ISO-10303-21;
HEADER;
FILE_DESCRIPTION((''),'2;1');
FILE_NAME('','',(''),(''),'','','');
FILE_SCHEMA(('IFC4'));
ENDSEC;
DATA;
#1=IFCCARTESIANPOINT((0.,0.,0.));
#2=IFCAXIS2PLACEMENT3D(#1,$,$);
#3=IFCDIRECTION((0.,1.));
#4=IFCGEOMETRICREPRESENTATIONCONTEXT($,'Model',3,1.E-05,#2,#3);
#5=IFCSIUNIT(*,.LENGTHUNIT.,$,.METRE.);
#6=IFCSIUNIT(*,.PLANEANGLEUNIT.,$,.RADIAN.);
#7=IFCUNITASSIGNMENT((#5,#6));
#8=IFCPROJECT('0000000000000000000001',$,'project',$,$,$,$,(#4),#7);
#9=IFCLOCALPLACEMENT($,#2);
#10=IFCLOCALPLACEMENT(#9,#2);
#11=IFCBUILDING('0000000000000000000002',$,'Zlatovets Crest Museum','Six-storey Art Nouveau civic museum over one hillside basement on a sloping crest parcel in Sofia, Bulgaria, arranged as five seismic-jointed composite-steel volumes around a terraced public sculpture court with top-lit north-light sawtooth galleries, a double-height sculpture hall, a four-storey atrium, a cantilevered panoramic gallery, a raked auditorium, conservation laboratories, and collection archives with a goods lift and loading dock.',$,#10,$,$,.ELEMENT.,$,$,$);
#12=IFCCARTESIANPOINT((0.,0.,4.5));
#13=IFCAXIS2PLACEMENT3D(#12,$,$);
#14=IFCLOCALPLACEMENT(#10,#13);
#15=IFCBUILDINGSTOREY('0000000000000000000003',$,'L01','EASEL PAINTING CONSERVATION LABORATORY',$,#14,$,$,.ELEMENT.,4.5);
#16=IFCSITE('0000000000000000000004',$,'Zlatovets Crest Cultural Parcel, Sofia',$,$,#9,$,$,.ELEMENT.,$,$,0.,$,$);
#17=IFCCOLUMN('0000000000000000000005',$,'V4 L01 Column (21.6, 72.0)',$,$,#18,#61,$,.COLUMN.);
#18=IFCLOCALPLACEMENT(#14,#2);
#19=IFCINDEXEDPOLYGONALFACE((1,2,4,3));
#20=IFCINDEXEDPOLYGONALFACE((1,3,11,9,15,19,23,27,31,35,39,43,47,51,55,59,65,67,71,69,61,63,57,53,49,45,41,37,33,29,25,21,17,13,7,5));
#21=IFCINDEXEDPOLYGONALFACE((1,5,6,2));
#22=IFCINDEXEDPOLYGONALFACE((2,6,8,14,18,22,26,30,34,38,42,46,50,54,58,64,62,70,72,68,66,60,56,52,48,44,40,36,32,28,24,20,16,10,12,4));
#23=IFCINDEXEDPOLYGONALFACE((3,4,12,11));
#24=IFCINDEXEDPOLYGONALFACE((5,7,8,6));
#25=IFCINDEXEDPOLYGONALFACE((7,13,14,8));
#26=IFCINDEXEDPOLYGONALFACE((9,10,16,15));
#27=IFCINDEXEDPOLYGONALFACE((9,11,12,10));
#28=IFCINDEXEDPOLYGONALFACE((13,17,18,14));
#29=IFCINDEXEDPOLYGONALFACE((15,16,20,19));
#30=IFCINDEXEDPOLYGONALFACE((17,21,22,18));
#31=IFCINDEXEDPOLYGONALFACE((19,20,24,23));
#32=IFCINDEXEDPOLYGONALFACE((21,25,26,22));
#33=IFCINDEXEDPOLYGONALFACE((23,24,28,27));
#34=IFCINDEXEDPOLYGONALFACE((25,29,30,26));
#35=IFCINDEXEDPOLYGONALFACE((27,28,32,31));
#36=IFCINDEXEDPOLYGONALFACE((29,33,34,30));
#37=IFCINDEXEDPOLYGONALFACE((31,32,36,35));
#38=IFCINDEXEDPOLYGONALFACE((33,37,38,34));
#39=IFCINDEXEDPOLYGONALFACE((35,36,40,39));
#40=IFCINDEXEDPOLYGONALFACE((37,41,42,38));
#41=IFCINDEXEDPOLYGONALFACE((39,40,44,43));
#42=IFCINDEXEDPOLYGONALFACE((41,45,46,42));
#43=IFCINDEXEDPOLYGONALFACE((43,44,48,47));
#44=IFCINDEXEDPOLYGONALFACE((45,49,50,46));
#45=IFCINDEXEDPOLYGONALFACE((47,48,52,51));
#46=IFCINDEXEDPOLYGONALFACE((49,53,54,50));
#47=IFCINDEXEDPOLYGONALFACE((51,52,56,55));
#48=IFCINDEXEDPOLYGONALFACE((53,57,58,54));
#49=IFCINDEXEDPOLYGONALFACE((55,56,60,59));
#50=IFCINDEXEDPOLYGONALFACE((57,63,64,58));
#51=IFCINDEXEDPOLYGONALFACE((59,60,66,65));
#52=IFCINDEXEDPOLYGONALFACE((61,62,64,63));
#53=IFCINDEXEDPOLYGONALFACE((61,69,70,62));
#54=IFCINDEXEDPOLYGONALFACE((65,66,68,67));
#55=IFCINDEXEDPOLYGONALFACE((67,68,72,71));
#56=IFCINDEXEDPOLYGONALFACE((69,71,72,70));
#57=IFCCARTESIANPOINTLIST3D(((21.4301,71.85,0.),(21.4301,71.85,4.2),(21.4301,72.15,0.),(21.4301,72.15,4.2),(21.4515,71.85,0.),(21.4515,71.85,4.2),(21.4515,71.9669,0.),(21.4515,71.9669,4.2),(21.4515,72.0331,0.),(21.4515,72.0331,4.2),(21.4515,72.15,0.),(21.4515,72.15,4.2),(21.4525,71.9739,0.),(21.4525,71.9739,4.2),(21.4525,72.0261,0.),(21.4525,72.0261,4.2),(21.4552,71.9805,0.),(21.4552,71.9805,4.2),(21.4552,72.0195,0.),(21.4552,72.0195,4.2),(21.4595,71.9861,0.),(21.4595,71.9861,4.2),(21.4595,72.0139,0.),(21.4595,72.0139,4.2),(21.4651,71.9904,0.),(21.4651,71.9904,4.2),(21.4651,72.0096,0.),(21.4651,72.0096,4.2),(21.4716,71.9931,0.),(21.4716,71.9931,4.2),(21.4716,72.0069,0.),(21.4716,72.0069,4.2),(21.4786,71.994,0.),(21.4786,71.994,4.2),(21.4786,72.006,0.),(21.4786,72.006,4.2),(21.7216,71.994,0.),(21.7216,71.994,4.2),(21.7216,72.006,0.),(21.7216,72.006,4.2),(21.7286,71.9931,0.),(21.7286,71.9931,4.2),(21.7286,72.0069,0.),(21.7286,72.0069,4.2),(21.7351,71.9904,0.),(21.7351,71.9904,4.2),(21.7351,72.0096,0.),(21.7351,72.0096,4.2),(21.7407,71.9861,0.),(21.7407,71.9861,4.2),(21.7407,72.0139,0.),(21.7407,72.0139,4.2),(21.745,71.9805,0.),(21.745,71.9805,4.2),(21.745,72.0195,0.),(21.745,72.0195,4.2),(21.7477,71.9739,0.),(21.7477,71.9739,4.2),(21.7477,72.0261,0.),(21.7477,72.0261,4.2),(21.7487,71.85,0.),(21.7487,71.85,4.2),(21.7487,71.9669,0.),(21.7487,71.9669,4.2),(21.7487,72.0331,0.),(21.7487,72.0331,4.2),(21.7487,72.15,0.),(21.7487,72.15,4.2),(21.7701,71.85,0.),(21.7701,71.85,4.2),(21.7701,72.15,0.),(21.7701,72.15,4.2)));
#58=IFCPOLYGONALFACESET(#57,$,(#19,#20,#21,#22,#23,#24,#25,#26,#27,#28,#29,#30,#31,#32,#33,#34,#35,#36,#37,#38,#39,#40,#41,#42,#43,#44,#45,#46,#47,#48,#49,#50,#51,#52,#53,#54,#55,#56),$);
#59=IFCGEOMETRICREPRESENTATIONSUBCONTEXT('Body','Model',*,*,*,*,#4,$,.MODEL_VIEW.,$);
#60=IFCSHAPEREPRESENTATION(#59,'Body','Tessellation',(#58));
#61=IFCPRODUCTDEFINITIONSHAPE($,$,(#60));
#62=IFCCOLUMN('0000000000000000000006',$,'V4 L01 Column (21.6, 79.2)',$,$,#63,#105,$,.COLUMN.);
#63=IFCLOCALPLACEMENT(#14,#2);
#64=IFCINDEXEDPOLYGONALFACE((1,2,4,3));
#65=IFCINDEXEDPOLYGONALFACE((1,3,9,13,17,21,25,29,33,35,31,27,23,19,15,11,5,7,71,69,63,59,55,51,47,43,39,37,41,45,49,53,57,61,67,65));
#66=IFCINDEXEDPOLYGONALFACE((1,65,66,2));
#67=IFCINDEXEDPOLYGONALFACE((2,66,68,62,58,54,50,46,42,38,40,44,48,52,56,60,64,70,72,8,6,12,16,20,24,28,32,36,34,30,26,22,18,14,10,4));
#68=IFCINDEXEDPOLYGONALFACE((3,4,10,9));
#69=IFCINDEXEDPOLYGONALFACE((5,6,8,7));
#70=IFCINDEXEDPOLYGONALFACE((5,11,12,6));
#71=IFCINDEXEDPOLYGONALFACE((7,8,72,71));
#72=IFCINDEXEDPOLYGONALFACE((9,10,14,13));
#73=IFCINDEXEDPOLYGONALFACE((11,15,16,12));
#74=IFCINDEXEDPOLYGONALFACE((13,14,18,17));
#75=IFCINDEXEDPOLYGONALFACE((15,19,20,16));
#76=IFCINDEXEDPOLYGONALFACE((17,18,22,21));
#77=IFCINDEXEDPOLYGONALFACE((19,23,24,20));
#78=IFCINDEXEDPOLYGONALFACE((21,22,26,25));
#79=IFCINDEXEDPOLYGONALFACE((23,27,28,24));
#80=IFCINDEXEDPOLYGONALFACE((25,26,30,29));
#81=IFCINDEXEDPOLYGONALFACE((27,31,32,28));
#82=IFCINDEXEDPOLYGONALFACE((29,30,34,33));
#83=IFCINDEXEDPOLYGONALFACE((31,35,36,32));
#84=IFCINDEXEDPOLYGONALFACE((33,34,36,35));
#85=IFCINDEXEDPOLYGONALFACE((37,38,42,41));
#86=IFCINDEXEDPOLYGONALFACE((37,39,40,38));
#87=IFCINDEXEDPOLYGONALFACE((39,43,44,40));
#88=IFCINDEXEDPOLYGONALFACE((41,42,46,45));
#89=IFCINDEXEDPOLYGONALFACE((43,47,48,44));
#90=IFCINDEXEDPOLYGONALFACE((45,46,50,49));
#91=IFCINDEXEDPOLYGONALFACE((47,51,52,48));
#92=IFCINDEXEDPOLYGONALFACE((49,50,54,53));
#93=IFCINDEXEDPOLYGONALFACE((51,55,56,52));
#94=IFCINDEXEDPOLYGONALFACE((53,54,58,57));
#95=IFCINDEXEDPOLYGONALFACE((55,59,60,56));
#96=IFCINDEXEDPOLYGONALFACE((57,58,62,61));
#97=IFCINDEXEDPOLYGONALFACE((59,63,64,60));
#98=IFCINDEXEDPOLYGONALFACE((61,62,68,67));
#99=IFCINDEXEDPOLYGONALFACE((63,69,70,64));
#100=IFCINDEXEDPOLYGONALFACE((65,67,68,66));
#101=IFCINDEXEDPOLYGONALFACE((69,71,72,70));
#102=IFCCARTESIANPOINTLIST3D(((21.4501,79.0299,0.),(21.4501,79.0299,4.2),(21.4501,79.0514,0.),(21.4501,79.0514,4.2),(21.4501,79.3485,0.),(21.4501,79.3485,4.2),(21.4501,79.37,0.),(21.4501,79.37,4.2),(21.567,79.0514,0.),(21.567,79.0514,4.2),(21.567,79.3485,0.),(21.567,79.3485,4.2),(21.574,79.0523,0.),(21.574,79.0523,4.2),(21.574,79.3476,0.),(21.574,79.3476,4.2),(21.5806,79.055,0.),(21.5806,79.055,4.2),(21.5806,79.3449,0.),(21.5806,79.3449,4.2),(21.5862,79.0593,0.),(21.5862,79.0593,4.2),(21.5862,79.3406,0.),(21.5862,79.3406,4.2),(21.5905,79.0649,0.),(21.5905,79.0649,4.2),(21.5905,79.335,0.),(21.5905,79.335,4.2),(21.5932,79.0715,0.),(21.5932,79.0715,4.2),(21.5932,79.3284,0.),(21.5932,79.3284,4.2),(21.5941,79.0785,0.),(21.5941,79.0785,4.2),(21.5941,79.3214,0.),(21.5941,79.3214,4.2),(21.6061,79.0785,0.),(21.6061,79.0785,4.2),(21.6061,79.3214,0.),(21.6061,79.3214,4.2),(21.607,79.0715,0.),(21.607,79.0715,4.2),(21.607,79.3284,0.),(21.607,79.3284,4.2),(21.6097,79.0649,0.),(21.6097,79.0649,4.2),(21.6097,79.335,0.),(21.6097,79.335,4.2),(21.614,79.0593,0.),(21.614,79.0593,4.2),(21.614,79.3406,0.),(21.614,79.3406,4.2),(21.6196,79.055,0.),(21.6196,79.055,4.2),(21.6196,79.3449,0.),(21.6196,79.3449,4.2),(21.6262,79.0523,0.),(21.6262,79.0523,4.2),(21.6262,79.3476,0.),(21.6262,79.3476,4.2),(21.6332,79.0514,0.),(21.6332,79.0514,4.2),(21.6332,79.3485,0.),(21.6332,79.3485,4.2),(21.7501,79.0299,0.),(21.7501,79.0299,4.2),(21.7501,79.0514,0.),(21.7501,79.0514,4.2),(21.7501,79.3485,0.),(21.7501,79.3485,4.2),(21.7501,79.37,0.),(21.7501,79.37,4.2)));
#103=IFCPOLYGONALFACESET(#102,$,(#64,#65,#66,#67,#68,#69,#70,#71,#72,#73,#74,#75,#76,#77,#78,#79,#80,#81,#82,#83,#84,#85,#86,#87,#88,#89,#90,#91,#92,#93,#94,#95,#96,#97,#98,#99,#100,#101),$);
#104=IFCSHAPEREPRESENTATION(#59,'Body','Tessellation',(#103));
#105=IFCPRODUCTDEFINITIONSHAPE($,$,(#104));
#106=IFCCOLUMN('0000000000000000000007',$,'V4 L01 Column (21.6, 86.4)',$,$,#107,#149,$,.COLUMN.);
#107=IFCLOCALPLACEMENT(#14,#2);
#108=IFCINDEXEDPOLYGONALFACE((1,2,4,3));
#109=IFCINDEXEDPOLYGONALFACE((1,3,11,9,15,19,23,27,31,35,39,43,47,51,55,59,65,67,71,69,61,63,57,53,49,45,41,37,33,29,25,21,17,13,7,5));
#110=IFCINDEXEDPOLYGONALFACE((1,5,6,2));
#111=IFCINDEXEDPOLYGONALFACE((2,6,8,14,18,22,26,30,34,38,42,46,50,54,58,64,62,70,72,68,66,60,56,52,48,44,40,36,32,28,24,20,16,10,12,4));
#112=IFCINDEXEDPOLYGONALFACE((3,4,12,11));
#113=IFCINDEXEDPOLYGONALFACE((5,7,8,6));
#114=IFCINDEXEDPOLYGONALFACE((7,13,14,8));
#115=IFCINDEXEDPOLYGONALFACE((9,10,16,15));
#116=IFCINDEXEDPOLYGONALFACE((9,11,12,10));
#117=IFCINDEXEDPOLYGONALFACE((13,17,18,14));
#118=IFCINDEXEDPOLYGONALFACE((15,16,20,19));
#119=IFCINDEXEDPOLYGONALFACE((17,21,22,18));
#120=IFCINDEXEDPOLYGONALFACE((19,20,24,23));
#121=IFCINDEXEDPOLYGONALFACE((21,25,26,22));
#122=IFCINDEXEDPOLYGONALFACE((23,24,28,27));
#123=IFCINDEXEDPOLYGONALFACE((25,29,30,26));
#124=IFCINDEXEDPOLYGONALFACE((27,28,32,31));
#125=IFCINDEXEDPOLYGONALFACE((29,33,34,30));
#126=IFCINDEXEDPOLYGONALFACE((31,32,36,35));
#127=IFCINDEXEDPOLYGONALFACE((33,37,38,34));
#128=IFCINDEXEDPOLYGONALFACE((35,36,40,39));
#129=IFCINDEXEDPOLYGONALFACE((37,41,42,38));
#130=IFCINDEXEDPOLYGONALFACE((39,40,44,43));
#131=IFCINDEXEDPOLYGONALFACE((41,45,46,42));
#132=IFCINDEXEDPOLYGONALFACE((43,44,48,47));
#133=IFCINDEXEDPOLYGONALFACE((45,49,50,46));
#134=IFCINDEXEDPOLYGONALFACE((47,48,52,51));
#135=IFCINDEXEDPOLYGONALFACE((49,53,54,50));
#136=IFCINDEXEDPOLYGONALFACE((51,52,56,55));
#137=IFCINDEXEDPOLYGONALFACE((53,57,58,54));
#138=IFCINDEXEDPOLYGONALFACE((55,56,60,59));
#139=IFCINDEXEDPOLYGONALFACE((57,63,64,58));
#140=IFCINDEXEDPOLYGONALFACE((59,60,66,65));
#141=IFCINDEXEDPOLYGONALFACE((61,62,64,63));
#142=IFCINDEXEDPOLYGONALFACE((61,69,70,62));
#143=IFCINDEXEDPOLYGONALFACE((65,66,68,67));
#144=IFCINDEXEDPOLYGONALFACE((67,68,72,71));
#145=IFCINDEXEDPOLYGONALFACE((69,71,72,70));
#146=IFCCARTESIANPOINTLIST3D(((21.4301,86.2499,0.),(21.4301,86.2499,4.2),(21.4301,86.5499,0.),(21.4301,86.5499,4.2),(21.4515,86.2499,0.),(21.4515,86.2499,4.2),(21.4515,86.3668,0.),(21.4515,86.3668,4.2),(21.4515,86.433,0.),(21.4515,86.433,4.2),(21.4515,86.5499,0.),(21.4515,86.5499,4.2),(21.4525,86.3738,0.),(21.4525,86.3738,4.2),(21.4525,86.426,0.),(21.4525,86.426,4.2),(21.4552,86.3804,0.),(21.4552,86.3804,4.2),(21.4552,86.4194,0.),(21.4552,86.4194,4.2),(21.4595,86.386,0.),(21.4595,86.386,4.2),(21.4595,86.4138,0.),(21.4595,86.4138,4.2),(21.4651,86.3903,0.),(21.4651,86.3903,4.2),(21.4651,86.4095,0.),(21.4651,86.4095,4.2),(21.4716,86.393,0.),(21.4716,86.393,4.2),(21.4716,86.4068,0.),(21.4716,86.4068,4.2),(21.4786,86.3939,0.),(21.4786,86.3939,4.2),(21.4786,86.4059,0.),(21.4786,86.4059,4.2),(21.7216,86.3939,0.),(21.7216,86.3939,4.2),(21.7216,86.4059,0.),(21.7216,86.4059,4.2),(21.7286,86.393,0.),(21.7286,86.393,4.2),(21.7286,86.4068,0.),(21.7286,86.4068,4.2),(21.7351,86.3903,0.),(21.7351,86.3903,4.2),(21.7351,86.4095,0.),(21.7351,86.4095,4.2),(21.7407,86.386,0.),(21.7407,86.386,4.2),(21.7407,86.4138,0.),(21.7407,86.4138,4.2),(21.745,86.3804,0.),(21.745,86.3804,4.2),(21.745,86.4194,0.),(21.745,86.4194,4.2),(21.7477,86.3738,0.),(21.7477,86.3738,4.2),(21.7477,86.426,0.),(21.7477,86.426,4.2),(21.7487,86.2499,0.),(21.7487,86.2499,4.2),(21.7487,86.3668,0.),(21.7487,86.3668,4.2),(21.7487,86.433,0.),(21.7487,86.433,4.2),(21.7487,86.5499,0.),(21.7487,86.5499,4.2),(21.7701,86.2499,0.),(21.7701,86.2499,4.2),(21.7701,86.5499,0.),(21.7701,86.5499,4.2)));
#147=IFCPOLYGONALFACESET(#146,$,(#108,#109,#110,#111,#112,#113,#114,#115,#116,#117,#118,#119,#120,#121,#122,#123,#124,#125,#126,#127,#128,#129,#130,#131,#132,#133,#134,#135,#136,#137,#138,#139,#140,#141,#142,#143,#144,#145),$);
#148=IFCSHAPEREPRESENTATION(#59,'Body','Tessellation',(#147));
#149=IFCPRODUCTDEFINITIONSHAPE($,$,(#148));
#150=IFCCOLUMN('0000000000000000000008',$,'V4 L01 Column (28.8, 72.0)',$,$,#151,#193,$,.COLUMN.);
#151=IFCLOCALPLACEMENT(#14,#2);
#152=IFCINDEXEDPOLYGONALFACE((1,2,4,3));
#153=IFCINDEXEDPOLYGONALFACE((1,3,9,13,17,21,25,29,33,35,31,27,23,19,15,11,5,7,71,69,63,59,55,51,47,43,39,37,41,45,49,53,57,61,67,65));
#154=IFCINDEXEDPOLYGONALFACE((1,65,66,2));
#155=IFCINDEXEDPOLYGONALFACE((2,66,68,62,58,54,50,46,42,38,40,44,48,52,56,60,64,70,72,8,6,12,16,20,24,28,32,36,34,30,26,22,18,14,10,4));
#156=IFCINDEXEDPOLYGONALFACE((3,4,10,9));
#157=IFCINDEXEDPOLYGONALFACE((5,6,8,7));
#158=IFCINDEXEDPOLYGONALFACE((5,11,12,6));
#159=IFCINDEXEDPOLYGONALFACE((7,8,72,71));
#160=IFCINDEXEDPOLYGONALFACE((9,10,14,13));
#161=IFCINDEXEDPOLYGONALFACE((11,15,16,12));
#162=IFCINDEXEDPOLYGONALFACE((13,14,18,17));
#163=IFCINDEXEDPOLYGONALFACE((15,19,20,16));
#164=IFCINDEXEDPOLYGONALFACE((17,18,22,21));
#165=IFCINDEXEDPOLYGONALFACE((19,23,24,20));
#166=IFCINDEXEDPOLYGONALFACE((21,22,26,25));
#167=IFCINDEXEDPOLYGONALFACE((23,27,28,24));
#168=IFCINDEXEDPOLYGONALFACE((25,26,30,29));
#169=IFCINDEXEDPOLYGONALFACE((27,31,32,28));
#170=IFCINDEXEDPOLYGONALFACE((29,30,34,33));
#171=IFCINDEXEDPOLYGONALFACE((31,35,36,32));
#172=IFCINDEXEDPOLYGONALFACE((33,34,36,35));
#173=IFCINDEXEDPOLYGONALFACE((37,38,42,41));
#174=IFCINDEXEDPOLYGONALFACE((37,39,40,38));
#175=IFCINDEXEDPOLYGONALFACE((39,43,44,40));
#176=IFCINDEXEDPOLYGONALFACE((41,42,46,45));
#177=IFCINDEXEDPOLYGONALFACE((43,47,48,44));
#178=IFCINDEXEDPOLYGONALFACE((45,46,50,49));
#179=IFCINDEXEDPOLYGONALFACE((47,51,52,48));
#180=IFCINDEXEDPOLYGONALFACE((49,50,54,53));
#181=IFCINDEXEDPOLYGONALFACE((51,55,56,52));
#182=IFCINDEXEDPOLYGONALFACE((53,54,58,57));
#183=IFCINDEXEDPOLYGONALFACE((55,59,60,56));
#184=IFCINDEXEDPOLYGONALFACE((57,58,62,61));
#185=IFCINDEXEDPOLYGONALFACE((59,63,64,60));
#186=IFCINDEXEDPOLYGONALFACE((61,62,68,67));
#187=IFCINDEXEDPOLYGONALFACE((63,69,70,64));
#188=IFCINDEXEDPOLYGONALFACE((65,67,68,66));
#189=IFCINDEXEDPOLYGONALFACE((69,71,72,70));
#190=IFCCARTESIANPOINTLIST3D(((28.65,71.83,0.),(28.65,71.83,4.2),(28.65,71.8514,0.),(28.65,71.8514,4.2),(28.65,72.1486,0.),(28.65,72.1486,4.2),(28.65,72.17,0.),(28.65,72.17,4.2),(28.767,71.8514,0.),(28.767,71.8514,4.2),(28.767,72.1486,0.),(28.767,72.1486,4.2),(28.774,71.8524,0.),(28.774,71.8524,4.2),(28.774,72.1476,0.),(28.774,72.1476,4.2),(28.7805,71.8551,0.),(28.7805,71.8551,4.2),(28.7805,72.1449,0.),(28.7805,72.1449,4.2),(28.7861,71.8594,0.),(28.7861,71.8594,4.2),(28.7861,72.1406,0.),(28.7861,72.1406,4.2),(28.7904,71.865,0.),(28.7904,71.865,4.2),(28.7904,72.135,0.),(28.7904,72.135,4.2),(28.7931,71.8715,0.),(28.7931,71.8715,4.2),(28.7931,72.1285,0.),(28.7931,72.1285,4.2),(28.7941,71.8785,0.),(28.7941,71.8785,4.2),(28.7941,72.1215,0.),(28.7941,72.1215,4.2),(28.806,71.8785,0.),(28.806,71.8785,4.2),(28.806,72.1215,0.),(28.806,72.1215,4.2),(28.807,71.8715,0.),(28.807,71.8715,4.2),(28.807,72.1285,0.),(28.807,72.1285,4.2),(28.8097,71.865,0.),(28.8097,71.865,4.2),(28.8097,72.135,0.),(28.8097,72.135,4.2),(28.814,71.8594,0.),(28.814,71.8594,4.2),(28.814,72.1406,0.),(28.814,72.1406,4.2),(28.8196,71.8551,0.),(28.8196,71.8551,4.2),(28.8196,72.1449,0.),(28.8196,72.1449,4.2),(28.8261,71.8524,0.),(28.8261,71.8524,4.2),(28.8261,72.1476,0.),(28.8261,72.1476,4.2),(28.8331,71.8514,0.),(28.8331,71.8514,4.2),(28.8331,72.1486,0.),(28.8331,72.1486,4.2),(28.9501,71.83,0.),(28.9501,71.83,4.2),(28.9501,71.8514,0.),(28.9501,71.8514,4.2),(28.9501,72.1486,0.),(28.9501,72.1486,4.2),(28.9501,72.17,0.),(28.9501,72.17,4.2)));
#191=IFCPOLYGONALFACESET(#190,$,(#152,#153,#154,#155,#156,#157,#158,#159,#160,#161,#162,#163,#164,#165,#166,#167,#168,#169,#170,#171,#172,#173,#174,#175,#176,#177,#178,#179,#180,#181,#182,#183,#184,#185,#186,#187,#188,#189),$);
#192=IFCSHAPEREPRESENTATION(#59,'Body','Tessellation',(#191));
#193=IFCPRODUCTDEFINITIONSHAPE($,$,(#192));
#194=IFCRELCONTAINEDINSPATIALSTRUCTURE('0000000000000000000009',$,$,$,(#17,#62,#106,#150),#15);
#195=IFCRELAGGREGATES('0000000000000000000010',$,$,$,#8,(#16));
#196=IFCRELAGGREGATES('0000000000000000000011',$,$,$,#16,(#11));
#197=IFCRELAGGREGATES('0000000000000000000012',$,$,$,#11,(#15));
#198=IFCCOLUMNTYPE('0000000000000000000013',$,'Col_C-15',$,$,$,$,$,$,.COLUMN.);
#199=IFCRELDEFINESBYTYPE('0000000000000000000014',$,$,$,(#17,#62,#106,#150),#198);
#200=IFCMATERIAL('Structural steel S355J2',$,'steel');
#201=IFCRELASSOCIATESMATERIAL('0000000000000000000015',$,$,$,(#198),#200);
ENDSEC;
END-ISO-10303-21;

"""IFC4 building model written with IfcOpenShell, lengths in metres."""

from ifc_helpers import new_model, si_unit, direction, frame, origin, origin_2d, place, context, subcontext, project, spatial, i_section, extrude, material, material_profile, profile_set, type_object, element, save


model = new_model("IFC4")

# Units and contexts
model_context = context("Model", 3, precision=1e-05, world=origin(), true_north=direction((0.0, 1.0)))
body_context = subcontext(model_context, "Body", "Model", "MODEL_VIEW")
ifc_project = project(units=[si_unit("LENGTHUNIT", "METRE"), si_unit("PLANEANGLEUNIT", "RADIAN")], contexts=[model_context])

# Site, building, storey
site_placement = place(None, origin())
site = spatial("IfcSite", under=ifc_project, at=site_placement, Name="Zlatovets Crest Cultural Parcel, Sofia", CompositionType="ELEMENT", RefElevation=0.0)
building_placement = place(site_placement, origin())
building = spatial("IfcBuilding", under=site, at=building_placement, Name="Zlatovets Crest Museum", Description="Six-storey Art Nouveau civic museum over one hillside basement on a sloping crest parcel in Sofia, Bulgaria, arranged as five seismic-jointed composite-steel volumes around a terraced public sculpture court with top-lit north-light sawtooth galleries, a double-height sculpture hall, a four-storey atrium, a cantilevered panoramic gallery, a raked auditorium, conservation laboratories, and collection archives with a goods lift and loading dock.", CompositionType="ELEMENT")
storey_placement = place(building_placement, frame((0.0, 0.0, 4.5)))
storey = spatial("IfcBuildingStorey", under=building, at=storey_placement, Name="L01", Description="EASEL PAINTING CONSERVATION LABORATORY", CompositionType="ELEMENT", Elevation=4.5)

# Columns
ifc_material_1 = material(Name="Structural steel S355J2", Category="steel")
ifc_material_profile_1 = material_profile(ifc_material_1, i_section(OverallWidth=0.3, OverallDepth=0.3401, WebThickness=0.012, FlangeThickness=0.0215, FilletRadius=0.0271, at=origin_2d()), Name="HEB 340")
ifc_profile_set_1 = profile_set([ifc_material_profile_1], Name="Structural steel S355J2")
column_type = type_object("IfcColumnType", Name="Col_C-15", PredefinedType="COLUMN", material=ifc_profile_set_1)
for number, where, z_axis, x_axis, name in (
    (1, (21.6001, 72.0, 0.0), (0.0, 0.0, 1.0), (0.0, 1.0, 0.0), "V4 L01 Column (21.6, 72.0)"),
    (2, (21.6001, 79.2, 0.0), (0.0, 0.0, 1.0), (1.0, 0.0, 0.0), "V4 L01 Column (21.6, 79.2)"),
    (3, (21.6001, 86.3999, 0.0), (0.0, 0.0, 1.0), (0.0, 1.0, 0.0), "V4 L01 Column (21.6, 86.4)"),
    (4, (28.8, 72.0, 0.0), (0.0, 0.0, 1.0), (1.0, 0.0, 0.0), "V4 L01 Column (28.8, 72.0)"),
):
    element("IfcColumn", number, at=place(storey_placement, frame(where, z_axis=z_axis, x_axis=x_axis)), inside=storey, type_object=column_type, Name=name, PredefinedType="COLUMN", context=body_context, shape_type="SweptSolid", body=[
        extrude(i_section(OverallWidth=0.3, OverallDepth=0.3401, WebThickness=0.012, FlangeThickness=0.0215, FilletRadius=0.0271, at=origin_2d()), origin(), (0.0, 0.0, 1.0), 4.2),
    ])

save(model, "model.ifc")
